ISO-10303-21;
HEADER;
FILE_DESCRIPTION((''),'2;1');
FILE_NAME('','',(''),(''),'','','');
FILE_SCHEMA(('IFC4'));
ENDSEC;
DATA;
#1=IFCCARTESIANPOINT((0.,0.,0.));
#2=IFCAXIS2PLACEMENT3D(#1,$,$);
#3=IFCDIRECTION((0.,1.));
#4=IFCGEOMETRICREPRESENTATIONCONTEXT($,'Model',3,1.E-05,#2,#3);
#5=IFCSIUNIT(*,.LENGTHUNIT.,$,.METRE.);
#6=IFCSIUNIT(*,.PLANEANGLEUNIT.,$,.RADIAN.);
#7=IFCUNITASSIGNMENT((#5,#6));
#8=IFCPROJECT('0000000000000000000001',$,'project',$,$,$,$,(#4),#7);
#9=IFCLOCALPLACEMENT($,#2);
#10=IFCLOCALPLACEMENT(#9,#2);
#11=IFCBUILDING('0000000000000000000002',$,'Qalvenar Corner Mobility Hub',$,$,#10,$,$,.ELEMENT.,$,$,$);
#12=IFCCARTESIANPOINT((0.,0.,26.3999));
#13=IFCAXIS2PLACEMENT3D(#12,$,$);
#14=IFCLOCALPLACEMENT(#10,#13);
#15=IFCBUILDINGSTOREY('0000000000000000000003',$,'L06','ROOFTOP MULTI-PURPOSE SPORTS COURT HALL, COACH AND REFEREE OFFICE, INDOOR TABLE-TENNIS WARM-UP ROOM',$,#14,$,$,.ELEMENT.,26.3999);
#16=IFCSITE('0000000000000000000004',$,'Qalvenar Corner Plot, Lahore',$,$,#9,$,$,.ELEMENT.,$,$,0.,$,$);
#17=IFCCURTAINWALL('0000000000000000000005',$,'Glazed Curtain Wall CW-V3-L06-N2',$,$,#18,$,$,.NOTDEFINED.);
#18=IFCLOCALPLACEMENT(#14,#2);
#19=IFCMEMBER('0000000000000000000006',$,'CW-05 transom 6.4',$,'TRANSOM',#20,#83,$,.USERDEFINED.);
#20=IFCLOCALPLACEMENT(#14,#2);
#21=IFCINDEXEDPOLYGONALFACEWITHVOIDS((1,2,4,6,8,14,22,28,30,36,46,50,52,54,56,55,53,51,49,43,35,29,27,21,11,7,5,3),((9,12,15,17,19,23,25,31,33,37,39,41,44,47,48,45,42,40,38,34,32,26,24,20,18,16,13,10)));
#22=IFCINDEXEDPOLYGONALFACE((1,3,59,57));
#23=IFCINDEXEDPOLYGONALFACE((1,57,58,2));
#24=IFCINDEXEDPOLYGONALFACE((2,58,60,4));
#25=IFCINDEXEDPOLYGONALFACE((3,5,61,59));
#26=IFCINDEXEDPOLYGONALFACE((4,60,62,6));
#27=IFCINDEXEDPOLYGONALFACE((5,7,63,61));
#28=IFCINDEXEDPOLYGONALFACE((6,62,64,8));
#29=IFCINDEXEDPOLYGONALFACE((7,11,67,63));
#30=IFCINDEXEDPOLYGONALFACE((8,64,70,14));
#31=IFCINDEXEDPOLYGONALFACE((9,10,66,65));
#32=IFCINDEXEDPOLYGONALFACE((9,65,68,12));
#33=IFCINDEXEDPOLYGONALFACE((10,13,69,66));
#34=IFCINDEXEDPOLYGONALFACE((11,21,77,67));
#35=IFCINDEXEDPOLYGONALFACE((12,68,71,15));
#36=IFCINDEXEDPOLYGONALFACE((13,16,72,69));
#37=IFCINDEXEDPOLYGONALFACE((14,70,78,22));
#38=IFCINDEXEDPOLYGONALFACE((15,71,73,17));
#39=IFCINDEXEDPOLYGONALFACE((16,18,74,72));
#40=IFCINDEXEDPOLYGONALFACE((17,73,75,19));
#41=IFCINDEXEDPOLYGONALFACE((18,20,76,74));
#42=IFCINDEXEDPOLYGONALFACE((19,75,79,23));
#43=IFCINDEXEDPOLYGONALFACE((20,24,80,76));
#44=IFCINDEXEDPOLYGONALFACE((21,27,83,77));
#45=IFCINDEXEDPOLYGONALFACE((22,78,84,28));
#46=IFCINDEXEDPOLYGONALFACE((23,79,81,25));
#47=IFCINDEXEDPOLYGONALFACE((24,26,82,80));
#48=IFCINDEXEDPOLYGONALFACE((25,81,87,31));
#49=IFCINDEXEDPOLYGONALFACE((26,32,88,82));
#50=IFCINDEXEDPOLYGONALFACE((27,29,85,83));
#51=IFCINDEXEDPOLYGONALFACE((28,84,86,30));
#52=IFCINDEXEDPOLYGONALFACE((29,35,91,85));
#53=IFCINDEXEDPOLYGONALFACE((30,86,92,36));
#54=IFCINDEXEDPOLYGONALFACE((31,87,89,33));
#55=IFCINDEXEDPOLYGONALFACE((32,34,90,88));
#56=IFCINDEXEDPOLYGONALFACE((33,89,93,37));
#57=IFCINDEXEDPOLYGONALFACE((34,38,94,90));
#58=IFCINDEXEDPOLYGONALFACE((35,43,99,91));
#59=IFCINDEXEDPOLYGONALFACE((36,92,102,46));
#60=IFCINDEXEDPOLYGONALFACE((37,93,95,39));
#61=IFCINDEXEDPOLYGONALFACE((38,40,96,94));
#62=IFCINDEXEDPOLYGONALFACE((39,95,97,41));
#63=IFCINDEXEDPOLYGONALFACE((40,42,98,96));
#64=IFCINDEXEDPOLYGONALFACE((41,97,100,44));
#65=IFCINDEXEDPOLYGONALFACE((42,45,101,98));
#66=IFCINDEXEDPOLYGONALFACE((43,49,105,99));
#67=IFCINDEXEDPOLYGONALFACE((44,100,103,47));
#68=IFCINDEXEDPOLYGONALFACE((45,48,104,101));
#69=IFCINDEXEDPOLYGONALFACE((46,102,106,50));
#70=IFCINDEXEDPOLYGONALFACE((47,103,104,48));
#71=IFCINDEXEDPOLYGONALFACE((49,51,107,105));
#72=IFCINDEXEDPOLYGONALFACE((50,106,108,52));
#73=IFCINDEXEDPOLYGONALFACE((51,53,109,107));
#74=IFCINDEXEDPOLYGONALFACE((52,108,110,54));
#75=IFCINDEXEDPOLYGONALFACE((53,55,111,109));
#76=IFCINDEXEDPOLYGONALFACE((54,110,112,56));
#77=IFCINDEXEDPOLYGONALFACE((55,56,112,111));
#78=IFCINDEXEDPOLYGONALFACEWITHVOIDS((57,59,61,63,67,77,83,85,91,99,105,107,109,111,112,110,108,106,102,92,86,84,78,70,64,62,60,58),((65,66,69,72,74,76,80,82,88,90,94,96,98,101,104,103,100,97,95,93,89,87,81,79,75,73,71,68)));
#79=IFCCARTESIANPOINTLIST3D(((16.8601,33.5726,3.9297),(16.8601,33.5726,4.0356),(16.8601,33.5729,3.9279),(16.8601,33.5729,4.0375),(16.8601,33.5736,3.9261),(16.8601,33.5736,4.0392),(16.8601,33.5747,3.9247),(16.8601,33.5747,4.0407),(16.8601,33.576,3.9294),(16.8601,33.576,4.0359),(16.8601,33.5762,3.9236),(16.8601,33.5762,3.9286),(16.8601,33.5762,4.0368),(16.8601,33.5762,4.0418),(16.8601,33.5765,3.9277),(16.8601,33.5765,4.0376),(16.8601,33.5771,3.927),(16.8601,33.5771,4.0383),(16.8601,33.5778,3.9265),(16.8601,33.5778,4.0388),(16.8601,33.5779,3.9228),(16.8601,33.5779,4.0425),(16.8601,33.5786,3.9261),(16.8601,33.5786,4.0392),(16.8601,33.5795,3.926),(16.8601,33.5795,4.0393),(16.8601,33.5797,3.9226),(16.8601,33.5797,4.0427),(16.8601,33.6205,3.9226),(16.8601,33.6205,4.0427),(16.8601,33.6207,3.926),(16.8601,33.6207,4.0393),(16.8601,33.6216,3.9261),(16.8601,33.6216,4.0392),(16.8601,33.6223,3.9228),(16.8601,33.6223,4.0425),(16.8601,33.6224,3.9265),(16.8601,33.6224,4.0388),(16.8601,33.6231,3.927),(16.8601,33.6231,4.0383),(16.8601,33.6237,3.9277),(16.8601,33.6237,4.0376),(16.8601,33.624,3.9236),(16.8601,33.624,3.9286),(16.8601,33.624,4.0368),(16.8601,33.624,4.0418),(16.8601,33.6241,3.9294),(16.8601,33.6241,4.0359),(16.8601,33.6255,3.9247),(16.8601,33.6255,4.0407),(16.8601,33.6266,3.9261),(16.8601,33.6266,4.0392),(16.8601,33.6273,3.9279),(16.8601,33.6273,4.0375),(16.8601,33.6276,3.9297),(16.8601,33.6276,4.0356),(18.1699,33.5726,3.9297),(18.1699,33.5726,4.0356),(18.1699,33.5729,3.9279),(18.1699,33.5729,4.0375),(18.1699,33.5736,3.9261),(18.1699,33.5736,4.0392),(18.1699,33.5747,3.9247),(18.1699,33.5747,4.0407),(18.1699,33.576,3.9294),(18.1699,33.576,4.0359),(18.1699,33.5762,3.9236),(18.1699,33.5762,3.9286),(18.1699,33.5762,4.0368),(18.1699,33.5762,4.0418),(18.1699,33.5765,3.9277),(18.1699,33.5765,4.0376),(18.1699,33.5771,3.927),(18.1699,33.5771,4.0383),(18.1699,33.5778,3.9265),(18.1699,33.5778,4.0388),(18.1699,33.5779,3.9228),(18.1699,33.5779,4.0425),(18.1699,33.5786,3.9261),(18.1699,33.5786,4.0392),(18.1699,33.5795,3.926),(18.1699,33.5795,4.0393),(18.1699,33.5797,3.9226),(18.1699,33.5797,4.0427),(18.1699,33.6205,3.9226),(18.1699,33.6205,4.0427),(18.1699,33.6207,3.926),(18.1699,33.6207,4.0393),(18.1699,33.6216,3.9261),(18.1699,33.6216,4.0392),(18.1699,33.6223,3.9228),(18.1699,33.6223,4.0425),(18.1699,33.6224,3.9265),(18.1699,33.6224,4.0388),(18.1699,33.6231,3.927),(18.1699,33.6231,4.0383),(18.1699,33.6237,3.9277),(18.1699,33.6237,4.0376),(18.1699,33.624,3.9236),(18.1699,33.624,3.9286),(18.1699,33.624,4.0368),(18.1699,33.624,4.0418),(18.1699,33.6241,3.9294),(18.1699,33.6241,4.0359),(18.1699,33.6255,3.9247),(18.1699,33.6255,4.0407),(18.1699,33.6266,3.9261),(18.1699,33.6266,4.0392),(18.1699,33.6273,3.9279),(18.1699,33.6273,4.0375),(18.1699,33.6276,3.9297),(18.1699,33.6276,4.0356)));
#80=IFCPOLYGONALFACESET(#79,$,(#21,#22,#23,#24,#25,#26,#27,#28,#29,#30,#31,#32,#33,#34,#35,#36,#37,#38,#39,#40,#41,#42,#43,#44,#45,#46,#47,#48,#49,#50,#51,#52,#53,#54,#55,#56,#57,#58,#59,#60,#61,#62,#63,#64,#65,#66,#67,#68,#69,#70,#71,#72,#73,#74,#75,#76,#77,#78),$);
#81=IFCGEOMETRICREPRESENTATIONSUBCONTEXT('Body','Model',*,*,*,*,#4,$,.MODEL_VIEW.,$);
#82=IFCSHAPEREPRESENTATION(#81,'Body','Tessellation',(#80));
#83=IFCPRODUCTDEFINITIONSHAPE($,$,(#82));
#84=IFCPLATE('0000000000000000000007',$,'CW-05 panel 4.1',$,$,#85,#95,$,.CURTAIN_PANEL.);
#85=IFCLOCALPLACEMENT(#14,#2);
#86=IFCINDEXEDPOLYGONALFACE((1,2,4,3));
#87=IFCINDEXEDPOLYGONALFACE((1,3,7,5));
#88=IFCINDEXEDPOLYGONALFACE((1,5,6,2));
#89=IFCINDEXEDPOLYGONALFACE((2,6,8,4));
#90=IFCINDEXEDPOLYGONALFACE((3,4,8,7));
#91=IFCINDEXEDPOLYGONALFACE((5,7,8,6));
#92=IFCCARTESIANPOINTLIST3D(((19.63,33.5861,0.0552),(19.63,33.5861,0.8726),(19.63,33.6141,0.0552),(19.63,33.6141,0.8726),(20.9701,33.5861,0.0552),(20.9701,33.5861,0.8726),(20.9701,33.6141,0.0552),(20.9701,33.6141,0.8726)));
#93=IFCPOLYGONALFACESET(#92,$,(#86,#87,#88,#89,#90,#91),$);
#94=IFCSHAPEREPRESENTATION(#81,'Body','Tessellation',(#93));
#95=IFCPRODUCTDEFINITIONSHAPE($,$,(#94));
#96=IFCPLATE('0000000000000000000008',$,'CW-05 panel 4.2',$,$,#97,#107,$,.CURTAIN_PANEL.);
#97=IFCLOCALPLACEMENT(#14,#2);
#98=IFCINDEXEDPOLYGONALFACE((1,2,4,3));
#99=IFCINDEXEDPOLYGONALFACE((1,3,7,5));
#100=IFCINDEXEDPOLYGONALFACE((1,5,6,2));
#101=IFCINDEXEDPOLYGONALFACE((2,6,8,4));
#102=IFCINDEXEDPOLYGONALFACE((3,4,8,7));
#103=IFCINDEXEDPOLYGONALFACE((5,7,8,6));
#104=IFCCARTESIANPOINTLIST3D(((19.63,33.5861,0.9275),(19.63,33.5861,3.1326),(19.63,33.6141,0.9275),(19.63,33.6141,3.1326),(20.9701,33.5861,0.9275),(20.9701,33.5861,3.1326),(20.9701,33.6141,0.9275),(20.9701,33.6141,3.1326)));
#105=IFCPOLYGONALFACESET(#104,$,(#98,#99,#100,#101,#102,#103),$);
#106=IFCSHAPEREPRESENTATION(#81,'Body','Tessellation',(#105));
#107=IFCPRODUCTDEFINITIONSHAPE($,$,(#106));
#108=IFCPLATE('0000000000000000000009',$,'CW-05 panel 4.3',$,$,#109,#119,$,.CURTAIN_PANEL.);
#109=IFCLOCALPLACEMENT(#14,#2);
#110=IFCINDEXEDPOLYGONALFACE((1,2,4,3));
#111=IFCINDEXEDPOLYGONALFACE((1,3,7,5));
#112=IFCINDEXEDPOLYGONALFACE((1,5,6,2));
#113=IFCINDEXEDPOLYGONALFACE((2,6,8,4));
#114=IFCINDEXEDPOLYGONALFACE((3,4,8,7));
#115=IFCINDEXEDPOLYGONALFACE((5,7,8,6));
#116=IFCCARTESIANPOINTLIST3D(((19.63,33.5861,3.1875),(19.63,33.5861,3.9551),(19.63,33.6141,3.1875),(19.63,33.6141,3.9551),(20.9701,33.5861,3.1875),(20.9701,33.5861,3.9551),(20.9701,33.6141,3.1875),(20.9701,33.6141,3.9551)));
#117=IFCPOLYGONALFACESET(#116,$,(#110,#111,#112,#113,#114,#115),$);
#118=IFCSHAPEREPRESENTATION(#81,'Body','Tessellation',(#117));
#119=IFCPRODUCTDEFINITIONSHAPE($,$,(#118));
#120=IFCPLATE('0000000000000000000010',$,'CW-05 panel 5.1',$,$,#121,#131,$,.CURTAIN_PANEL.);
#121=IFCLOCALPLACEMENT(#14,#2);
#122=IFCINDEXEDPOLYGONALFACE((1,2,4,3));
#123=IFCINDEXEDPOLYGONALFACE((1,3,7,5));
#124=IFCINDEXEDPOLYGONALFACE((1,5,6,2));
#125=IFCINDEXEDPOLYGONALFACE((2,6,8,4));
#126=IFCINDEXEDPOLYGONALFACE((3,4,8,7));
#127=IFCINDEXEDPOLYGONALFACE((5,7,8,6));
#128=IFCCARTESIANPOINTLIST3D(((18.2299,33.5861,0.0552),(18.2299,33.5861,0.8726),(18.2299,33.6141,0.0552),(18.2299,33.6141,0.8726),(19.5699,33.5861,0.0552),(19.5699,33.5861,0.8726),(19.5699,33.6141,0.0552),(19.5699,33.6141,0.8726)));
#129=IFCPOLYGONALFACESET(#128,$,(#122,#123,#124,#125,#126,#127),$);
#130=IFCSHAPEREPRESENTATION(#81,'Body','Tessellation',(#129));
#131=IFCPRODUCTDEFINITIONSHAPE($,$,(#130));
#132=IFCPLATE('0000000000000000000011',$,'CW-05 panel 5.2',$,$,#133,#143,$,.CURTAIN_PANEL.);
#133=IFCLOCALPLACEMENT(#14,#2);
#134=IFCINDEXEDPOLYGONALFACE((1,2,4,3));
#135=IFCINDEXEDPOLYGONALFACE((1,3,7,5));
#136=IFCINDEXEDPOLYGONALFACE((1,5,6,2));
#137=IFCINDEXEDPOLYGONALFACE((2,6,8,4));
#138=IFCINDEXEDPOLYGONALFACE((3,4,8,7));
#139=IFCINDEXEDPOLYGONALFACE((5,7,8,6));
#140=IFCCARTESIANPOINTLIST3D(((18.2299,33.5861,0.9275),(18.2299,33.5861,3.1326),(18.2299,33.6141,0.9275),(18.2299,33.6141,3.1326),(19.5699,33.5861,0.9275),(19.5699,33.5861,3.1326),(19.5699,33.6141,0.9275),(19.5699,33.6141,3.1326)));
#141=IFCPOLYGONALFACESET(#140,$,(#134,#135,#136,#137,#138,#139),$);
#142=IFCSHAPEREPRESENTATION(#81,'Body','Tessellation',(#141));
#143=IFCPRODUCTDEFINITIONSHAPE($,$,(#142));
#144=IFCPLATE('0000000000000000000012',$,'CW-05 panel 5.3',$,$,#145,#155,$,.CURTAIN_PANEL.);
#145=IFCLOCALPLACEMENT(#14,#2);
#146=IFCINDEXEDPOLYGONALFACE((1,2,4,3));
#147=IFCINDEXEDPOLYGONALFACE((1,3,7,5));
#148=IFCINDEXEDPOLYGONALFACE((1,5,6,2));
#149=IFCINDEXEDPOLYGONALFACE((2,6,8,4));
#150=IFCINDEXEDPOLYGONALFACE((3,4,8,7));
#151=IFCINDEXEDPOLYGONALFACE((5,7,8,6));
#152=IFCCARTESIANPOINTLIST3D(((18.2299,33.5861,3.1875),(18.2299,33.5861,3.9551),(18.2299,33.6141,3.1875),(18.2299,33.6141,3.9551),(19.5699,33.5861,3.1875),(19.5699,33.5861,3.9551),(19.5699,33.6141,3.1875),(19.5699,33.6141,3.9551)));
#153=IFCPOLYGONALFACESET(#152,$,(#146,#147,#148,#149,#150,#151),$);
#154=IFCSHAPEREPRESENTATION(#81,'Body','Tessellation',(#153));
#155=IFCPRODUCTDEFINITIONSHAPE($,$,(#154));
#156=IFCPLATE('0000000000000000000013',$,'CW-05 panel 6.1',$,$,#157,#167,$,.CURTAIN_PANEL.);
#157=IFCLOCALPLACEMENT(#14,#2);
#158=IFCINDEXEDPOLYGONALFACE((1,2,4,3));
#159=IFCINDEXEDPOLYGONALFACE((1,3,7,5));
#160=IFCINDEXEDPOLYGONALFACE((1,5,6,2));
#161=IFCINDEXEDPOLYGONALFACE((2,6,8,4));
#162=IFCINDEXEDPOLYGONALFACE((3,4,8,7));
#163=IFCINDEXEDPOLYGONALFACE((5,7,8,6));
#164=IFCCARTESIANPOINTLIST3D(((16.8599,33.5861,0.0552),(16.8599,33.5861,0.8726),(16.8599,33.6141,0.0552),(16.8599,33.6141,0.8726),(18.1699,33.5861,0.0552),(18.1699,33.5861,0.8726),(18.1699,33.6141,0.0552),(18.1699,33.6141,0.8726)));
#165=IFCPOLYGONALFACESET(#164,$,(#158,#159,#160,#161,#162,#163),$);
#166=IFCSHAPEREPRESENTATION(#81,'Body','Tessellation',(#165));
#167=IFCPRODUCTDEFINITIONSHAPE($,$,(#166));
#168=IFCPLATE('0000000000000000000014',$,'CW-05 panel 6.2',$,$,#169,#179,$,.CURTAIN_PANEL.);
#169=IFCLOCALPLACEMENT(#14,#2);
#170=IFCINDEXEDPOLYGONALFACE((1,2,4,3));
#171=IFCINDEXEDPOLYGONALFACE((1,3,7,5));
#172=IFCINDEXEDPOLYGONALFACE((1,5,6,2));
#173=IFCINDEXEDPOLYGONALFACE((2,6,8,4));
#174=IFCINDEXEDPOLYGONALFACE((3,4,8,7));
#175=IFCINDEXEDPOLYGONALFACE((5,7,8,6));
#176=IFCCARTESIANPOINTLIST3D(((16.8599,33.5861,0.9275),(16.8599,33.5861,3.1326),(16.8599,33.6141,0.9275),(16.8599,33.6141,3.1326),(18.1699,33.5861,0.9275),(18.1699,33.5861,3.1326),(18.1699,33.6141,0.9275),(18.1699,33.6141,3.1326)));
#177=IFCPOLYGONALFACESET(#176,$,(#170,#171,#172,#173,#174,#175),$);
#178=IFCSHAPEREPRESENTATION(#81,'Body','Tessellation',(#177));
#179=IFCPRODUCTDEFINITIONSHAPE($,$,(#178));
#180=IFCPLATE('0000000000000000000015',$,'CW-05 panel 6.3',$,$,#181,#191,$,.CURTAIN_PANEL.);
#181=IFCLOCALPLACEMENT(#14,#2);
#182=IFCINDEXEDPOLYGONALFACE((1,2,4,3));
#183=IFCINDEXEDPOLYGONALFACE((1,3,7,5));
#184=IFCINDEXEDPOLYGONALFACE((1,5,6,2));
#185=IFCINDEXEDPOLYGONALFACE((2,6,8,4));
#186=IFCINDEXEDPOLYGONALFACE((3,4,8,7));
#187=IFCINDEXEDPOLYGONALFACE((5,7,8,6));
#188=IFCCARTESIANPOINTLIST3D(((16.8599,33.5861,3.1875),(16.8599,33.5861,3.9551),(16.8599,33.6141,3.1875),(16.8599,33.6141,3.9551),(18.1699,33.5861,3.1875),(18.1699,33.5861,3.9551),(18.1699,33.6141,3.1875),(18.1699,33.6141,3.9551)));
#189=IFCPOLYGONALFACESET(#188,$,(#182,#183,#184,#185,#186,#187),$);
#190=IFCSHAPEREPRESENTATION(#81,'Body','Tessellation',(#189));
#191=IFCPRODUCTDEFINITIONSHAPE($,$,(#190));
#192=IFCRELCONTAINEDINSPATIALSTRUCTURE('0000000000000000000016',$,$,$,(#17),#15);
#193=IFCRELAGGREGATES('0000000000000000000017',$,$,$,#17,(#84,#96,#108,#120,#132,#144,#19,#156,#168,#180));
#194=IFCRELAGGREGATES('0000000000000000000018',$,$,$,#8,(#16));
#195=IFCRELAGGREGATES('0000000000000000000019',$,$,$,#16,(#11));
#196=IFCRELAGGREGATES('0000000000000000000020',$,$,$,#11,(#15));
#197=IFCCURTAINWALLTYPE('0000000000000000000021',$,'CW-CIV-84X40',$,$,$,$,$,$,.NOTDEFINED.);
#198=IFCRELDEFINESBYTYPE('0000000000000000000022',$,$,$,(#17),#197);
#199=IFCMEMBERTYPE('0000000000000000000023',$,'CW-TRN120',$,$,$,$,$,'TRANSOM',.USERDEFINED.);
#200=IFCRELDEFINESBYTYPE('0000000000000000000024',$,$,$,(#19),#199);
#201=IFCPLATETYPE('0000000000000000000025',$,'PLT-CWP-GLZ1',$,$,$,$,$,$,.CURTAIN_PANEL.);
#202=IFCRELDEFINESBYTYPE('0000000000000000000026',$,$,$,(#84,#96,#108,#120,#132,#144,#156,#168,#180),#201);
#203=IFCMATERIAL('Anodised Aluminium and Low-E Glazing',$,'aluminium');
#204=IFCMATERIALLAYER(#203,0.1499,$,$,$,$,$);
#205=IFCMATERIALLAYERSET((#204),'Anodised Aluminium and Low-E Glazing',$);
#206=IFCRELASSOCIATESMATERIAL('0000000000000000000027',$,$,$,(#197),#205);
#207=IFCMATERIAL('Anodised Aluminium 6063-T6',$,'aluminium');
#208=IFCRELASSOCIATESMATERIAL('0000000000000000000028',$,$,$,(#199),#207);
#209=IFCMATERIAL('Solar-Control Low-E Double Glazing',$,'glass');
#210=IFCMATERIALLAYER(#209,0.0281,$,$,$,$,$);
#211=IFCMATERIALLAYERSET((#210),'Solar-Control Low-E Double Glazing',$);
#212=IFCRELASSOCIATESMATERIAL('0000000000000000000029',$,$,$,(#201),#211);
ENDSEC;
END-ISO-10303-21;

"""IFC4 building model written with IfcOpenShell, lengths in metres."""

from ifc_helpers import new_model, si_unit, direction, frame, origin, origin_2d, place, context, subcontext, project, spatial, rectangle, hollow_rectangle, extrude, material, layer, layer_set, material_profile, profile_set, type_object, element, aggregate, save


model = new_model("IFC4")

# Units and contexts
model_context = context("Model", 3, precision=1e-05, world=origin(), true_north=direction((0.0, 1.0)))
body_context = subcontext(model_context, "Body", "Model", "MODEL_VIEW")
ifc_project = project(units=[si_unit("LENGTHUNIT", "METRE"), si_unit("PLANEANGLEUNIT", "RADIAN")], contexts=[model_context])

# Site, building, storey
site_placement = place(None, origin())
site = spatial("IfcSite", under=ifc_project, at=site_placement, Name="Qalvenar Corner Plot, Lahore", CompositionType="ELEMENT", RefElevation=0.0)
building_placement = place(site_placement, origin())
building = spatial("IfcBuilding", under=site, at=building_placement, Name="Qalvenar Corner Mobility Hub", CompositionType="ELEMENT")
storey_placement = place(building_placement, frame((0.0, 0.0, 26.3999)))
storey = spatial("IfcBuildingStorey", under=building, at=storey_placement, Name="L06", Description="ROOFTOP MULTI-PURPOSE SPORTS COURT HALL, COACH AND REFEREE OFFICE, INDOOR TABLE-TENNIS WARM-UP ROOM", CompositionType="ELEMENT", Elevation=26.3999)

# Curtain wall
ifc_material_1 = material(Name="Anodised Aluminium and Low-E Glazing", Category="aluminium")
ifc_material_2 = material(Name="Anodised Aluminium 6063-T6", Category="aluminium")
ifc_layer_1 = layer(ifc_material_1, 0.1499)
ifc_layer_set_1 = layer_set([ifc_layer_1], Name="Anodised Aluminium and Low-E Glazing")
curtain_wall_type_1 = type_object("IfcCurtainWallType", Name="CW-CIV-84X40", PredefinedType="NOTDEFINED", material=ifc_layer_set_1)
curtain_wall_1_placement = place(storey_placement, origin())
curtain_wall_1 = element("IfcCurtainWall", 1, at=curtain_wall_1_placement, inside=storey, type_object=curtain_wall_type_1, Name="Glazed Curtain Wall CW-V3-L06-N2", PredefinedType="NOTDEFINED")

# Member
ifc_material_profile_1 = material_profile(ifc_material_2, hollow_rectangle(XDim=0.0549, YDim=0.1201, WallThickness=0.0034, InnerFilletRadius=0.0034, OuterFilletRadius=0.0071, at=origin_2d()), Name="RHS120x55x3.5")
ifc_profile_set_1 = profile_set([ifc_material_profile_1], Name="Anodised Aluminium 6063-T6")
member_type_1 = type_object("IfcMemberType", Name="CW-TRN120", ElementType="TRANSOM", PredefinedType="USERDEFINED", material=ifc_profile_set_1)
member_1_placement = place(storey_placement, frame((18.1699, 33.6001, 3.9827), z_axis=(-1.0, 0.0, 0.0), x_axis=(0.0, -1.0, 0.0)))
member_1 = element("IfcMember", 2, at=member_1_placement, type_object=member_type_1, Name="CW-05 transom 6.4", ObjectType="TRANSOM", PredefinedType="USERDEFINED", context=body_context, shape_type="SweptSolid", body=[
    extrude(hollow_rectangle(XDim=0.0549, YDim=0.1201, WallThickness=0.0034, InnerFilletRadius=0.0034, OuterFilletRadius=0.0071, at=origin_2d()), origin(), (0.0, 0.0, 1.0), 1.3098),
])

# Plates
ifc_material_3 = material(Name="Solar-Control Low-E Double Glazing", Category="glass")
ifc_layer_2 = layer(ifc_material_3, 0.0281)
ifc_layer_set_2 = layer_set([ifc_layer_2], Name="Solar-Control Low-E Double Glazing")
plate_type_1 = type_object("IfcPlateType", Name="PLT-CWP-GLZ1", PredefinedType="CURTAIN_PANEL", material=ifc_layer_set_2)
plate_1_placement = place(storey_placement, frame((20.3, 33.6001, 0.0552), z_axis=(0.0, 0.0, 1.0), x_axis=(-1.0, 0.0, 0.0)))
plate_1 = element("IfcPlate", 3, at=plate_1_placement, type_object=plate_type_1, Name="CW-05 panel 4.1", PredefinedType="CURTAIN_PANEL", context=body_context, shape_type="SweptSolid", body=[
    extrude(rectangle(XDim=1.3401, YDim=0.0281, at=origin_2d()), origin(), (0.0, 0.0, 1.0), 0.8174),
])
plate_2_placement = place(storey_placement, frame((20.3, 33.6001, 0.9275), z_axis=(0.0, 0.0, 1.0), x_axis=(-1.0, 0.0, 0.0)))
plate_2 = element("IfcPlate", 4, at=plate_2_placement, type_object=plate_type_1, Name="CW-05 panel 4.2", PredefinedType="CURTAIN_PANEL", context=body_context, shape_type="SweptSolid", body=[
    extrude(rectangle(XDim=1.3401, YDim=0.0281, at=origin_2d()), origin(), (0.0, 0.0, 1.0), 2.2051),
])
plate_3_placement = place(storey_placement, frame((20.3, 33.6001, 3.1875), z_axis=(0.0, 0.0, 1.0), x_axis=(-1.0, 0.0, 0.0)))
plate_3 = element("IfcPlate", 5, at=plate_3_placement, type_object=plate_type_1, Name="CW-05 panel 4.3", PredefinedType="CURTAIN_PANEL", context=body_context, shape_type="SweptSolid", body=[
    extrude(rectangle(XDim=1.3401, YDim=0.0281, at=origin_2d()), origin(), (0.0, 0.0, 1.0), 0.7676),
])
plate_4_placement = place(storey_placement, frame((18.8999, 33.6001, 0.0552), z_axis=(0.0, 0.0, 1.0), x_axis=(-1.0, 0.0, 0.0)))
plate_4 = element("IfcPlate", 6, at=plate_4_placement, type_object=plate_type_1, Name="CW-05 panel 5.1", PredefinedType="CURTAIN_PANEL", context=body_context, shape_type="SweptSolid", body=[
    extrude(rectangle(XDim=1.3401, YDim=0.0281, at=origin_2d()), origin(), (0.0, 0.0, 1.0), 0.8174),
])
plate_5_placement = place(storey_placement, frame((18.8999, 33.6001, 0.9275), z_axis=(0.0, 0.0, 1.0), x_axis=(-1.0, 0.0, 0.0)))
plate_5 = element("IfcPlate", 7, at=plate_5_placement, type_object=plate_type_1, Name="CW-05 panel 5.2", PredefinedType="CURTAIN_PANEL", context=body_context, shape_type="SweptSolid", body=[
    extrude(rectangle(XDim=1.3401, YDim=0.0281, at=origin_2d()), origin(), (0.0, 0.0, 1.0), 2.2051),
])
plate_6_placement = place(storey_placement, frame((18.8999, 33.6001, 3.1875), z_axis=(0.0, 0.0, 1.0), x_axis=(-1.0, 0.0, 0.0)))
plate_6 = element("IfcPlate", 8, at=plate_6_placement, type_object=plate_type_1, Name="CW-05 panel 5.3", PredefinedType="CURTAIN_PANEL", context=body_context, shape_type="SweptSolid", body=[
    extrude(rectangle(XDim=1.3401, YDim=0.0281, at=origin_2d()), origin(), (0.0, 0.0, 1.0), 0.7676),
])
plate_7_placement = place(storey_placement, frame((17.5149, 33.6001, 0.0552), z_axis=(0.0, 0.0, 1.0), x_axis=(-1.0, 0.0, 0.0)))
plate_7 = element("IfcPlate", 9, at=plate_7_placement, type_object=plate_type_1, Name="CW-05 panel 6.1", PredefinedType="CURTAIN_PANEL", context=body_context, shape_type="SweptSolid", body=[
    extrude(rectangle(XDim=1.3101, YDim=0.0281, at=origin_2d()), origin(), (0.0, 0.0, 1.0), 0.8174),
])
plate_8_placement = place(storey_placement, frame((17.5149, 33.6001, 0.9275), z_axis=(0.0, 0.0, 1.0), x_axis=(-1.0, 0.0, 0.0)))
plate_8 = element("IfcPlate", 10, at=plate_8_placement, type_object=plate_type_1, Name="CW-05 panel 6.2", PredefinedType="CURTAIN_PANEL", context=body_context, shape_type="SweptSolid", body=[
    extrude(rectangle(XDim=1.3101, YDim=0.0281, at=origin_2d()), origin(), (0.0, 0.0, 1.0), 2.2051),
])
plate_9_placement = place(storey_placement, frame((17.5149, 33.6001, 3.1875), z_axis=(0.0, 0.0, 1.0), x_axis=(-1.0, 0.0, 0.0)))
plate_9 = element("IfcPlate", 11, at=plate_9_placement, type_object=plate_type_1, Name="CW-05 panel 6.3", PredefinedType="CURTAIN_PANEL", context=body_context, shape_type="SweptSolid", body=[
    extrude(rectangle(XDim=1.3101, YDim=0.0281, at=origin_2d()), origin(), (0.0, 0.0, 1.0), 0.7676),
])
aggregate(curtain_wall_1, [plate_1, plate_2, plate_3, plate_4, plate_5, plate_6, member_1, plate_7, plate_8, plate_9])

save(model, "model.ifc")
